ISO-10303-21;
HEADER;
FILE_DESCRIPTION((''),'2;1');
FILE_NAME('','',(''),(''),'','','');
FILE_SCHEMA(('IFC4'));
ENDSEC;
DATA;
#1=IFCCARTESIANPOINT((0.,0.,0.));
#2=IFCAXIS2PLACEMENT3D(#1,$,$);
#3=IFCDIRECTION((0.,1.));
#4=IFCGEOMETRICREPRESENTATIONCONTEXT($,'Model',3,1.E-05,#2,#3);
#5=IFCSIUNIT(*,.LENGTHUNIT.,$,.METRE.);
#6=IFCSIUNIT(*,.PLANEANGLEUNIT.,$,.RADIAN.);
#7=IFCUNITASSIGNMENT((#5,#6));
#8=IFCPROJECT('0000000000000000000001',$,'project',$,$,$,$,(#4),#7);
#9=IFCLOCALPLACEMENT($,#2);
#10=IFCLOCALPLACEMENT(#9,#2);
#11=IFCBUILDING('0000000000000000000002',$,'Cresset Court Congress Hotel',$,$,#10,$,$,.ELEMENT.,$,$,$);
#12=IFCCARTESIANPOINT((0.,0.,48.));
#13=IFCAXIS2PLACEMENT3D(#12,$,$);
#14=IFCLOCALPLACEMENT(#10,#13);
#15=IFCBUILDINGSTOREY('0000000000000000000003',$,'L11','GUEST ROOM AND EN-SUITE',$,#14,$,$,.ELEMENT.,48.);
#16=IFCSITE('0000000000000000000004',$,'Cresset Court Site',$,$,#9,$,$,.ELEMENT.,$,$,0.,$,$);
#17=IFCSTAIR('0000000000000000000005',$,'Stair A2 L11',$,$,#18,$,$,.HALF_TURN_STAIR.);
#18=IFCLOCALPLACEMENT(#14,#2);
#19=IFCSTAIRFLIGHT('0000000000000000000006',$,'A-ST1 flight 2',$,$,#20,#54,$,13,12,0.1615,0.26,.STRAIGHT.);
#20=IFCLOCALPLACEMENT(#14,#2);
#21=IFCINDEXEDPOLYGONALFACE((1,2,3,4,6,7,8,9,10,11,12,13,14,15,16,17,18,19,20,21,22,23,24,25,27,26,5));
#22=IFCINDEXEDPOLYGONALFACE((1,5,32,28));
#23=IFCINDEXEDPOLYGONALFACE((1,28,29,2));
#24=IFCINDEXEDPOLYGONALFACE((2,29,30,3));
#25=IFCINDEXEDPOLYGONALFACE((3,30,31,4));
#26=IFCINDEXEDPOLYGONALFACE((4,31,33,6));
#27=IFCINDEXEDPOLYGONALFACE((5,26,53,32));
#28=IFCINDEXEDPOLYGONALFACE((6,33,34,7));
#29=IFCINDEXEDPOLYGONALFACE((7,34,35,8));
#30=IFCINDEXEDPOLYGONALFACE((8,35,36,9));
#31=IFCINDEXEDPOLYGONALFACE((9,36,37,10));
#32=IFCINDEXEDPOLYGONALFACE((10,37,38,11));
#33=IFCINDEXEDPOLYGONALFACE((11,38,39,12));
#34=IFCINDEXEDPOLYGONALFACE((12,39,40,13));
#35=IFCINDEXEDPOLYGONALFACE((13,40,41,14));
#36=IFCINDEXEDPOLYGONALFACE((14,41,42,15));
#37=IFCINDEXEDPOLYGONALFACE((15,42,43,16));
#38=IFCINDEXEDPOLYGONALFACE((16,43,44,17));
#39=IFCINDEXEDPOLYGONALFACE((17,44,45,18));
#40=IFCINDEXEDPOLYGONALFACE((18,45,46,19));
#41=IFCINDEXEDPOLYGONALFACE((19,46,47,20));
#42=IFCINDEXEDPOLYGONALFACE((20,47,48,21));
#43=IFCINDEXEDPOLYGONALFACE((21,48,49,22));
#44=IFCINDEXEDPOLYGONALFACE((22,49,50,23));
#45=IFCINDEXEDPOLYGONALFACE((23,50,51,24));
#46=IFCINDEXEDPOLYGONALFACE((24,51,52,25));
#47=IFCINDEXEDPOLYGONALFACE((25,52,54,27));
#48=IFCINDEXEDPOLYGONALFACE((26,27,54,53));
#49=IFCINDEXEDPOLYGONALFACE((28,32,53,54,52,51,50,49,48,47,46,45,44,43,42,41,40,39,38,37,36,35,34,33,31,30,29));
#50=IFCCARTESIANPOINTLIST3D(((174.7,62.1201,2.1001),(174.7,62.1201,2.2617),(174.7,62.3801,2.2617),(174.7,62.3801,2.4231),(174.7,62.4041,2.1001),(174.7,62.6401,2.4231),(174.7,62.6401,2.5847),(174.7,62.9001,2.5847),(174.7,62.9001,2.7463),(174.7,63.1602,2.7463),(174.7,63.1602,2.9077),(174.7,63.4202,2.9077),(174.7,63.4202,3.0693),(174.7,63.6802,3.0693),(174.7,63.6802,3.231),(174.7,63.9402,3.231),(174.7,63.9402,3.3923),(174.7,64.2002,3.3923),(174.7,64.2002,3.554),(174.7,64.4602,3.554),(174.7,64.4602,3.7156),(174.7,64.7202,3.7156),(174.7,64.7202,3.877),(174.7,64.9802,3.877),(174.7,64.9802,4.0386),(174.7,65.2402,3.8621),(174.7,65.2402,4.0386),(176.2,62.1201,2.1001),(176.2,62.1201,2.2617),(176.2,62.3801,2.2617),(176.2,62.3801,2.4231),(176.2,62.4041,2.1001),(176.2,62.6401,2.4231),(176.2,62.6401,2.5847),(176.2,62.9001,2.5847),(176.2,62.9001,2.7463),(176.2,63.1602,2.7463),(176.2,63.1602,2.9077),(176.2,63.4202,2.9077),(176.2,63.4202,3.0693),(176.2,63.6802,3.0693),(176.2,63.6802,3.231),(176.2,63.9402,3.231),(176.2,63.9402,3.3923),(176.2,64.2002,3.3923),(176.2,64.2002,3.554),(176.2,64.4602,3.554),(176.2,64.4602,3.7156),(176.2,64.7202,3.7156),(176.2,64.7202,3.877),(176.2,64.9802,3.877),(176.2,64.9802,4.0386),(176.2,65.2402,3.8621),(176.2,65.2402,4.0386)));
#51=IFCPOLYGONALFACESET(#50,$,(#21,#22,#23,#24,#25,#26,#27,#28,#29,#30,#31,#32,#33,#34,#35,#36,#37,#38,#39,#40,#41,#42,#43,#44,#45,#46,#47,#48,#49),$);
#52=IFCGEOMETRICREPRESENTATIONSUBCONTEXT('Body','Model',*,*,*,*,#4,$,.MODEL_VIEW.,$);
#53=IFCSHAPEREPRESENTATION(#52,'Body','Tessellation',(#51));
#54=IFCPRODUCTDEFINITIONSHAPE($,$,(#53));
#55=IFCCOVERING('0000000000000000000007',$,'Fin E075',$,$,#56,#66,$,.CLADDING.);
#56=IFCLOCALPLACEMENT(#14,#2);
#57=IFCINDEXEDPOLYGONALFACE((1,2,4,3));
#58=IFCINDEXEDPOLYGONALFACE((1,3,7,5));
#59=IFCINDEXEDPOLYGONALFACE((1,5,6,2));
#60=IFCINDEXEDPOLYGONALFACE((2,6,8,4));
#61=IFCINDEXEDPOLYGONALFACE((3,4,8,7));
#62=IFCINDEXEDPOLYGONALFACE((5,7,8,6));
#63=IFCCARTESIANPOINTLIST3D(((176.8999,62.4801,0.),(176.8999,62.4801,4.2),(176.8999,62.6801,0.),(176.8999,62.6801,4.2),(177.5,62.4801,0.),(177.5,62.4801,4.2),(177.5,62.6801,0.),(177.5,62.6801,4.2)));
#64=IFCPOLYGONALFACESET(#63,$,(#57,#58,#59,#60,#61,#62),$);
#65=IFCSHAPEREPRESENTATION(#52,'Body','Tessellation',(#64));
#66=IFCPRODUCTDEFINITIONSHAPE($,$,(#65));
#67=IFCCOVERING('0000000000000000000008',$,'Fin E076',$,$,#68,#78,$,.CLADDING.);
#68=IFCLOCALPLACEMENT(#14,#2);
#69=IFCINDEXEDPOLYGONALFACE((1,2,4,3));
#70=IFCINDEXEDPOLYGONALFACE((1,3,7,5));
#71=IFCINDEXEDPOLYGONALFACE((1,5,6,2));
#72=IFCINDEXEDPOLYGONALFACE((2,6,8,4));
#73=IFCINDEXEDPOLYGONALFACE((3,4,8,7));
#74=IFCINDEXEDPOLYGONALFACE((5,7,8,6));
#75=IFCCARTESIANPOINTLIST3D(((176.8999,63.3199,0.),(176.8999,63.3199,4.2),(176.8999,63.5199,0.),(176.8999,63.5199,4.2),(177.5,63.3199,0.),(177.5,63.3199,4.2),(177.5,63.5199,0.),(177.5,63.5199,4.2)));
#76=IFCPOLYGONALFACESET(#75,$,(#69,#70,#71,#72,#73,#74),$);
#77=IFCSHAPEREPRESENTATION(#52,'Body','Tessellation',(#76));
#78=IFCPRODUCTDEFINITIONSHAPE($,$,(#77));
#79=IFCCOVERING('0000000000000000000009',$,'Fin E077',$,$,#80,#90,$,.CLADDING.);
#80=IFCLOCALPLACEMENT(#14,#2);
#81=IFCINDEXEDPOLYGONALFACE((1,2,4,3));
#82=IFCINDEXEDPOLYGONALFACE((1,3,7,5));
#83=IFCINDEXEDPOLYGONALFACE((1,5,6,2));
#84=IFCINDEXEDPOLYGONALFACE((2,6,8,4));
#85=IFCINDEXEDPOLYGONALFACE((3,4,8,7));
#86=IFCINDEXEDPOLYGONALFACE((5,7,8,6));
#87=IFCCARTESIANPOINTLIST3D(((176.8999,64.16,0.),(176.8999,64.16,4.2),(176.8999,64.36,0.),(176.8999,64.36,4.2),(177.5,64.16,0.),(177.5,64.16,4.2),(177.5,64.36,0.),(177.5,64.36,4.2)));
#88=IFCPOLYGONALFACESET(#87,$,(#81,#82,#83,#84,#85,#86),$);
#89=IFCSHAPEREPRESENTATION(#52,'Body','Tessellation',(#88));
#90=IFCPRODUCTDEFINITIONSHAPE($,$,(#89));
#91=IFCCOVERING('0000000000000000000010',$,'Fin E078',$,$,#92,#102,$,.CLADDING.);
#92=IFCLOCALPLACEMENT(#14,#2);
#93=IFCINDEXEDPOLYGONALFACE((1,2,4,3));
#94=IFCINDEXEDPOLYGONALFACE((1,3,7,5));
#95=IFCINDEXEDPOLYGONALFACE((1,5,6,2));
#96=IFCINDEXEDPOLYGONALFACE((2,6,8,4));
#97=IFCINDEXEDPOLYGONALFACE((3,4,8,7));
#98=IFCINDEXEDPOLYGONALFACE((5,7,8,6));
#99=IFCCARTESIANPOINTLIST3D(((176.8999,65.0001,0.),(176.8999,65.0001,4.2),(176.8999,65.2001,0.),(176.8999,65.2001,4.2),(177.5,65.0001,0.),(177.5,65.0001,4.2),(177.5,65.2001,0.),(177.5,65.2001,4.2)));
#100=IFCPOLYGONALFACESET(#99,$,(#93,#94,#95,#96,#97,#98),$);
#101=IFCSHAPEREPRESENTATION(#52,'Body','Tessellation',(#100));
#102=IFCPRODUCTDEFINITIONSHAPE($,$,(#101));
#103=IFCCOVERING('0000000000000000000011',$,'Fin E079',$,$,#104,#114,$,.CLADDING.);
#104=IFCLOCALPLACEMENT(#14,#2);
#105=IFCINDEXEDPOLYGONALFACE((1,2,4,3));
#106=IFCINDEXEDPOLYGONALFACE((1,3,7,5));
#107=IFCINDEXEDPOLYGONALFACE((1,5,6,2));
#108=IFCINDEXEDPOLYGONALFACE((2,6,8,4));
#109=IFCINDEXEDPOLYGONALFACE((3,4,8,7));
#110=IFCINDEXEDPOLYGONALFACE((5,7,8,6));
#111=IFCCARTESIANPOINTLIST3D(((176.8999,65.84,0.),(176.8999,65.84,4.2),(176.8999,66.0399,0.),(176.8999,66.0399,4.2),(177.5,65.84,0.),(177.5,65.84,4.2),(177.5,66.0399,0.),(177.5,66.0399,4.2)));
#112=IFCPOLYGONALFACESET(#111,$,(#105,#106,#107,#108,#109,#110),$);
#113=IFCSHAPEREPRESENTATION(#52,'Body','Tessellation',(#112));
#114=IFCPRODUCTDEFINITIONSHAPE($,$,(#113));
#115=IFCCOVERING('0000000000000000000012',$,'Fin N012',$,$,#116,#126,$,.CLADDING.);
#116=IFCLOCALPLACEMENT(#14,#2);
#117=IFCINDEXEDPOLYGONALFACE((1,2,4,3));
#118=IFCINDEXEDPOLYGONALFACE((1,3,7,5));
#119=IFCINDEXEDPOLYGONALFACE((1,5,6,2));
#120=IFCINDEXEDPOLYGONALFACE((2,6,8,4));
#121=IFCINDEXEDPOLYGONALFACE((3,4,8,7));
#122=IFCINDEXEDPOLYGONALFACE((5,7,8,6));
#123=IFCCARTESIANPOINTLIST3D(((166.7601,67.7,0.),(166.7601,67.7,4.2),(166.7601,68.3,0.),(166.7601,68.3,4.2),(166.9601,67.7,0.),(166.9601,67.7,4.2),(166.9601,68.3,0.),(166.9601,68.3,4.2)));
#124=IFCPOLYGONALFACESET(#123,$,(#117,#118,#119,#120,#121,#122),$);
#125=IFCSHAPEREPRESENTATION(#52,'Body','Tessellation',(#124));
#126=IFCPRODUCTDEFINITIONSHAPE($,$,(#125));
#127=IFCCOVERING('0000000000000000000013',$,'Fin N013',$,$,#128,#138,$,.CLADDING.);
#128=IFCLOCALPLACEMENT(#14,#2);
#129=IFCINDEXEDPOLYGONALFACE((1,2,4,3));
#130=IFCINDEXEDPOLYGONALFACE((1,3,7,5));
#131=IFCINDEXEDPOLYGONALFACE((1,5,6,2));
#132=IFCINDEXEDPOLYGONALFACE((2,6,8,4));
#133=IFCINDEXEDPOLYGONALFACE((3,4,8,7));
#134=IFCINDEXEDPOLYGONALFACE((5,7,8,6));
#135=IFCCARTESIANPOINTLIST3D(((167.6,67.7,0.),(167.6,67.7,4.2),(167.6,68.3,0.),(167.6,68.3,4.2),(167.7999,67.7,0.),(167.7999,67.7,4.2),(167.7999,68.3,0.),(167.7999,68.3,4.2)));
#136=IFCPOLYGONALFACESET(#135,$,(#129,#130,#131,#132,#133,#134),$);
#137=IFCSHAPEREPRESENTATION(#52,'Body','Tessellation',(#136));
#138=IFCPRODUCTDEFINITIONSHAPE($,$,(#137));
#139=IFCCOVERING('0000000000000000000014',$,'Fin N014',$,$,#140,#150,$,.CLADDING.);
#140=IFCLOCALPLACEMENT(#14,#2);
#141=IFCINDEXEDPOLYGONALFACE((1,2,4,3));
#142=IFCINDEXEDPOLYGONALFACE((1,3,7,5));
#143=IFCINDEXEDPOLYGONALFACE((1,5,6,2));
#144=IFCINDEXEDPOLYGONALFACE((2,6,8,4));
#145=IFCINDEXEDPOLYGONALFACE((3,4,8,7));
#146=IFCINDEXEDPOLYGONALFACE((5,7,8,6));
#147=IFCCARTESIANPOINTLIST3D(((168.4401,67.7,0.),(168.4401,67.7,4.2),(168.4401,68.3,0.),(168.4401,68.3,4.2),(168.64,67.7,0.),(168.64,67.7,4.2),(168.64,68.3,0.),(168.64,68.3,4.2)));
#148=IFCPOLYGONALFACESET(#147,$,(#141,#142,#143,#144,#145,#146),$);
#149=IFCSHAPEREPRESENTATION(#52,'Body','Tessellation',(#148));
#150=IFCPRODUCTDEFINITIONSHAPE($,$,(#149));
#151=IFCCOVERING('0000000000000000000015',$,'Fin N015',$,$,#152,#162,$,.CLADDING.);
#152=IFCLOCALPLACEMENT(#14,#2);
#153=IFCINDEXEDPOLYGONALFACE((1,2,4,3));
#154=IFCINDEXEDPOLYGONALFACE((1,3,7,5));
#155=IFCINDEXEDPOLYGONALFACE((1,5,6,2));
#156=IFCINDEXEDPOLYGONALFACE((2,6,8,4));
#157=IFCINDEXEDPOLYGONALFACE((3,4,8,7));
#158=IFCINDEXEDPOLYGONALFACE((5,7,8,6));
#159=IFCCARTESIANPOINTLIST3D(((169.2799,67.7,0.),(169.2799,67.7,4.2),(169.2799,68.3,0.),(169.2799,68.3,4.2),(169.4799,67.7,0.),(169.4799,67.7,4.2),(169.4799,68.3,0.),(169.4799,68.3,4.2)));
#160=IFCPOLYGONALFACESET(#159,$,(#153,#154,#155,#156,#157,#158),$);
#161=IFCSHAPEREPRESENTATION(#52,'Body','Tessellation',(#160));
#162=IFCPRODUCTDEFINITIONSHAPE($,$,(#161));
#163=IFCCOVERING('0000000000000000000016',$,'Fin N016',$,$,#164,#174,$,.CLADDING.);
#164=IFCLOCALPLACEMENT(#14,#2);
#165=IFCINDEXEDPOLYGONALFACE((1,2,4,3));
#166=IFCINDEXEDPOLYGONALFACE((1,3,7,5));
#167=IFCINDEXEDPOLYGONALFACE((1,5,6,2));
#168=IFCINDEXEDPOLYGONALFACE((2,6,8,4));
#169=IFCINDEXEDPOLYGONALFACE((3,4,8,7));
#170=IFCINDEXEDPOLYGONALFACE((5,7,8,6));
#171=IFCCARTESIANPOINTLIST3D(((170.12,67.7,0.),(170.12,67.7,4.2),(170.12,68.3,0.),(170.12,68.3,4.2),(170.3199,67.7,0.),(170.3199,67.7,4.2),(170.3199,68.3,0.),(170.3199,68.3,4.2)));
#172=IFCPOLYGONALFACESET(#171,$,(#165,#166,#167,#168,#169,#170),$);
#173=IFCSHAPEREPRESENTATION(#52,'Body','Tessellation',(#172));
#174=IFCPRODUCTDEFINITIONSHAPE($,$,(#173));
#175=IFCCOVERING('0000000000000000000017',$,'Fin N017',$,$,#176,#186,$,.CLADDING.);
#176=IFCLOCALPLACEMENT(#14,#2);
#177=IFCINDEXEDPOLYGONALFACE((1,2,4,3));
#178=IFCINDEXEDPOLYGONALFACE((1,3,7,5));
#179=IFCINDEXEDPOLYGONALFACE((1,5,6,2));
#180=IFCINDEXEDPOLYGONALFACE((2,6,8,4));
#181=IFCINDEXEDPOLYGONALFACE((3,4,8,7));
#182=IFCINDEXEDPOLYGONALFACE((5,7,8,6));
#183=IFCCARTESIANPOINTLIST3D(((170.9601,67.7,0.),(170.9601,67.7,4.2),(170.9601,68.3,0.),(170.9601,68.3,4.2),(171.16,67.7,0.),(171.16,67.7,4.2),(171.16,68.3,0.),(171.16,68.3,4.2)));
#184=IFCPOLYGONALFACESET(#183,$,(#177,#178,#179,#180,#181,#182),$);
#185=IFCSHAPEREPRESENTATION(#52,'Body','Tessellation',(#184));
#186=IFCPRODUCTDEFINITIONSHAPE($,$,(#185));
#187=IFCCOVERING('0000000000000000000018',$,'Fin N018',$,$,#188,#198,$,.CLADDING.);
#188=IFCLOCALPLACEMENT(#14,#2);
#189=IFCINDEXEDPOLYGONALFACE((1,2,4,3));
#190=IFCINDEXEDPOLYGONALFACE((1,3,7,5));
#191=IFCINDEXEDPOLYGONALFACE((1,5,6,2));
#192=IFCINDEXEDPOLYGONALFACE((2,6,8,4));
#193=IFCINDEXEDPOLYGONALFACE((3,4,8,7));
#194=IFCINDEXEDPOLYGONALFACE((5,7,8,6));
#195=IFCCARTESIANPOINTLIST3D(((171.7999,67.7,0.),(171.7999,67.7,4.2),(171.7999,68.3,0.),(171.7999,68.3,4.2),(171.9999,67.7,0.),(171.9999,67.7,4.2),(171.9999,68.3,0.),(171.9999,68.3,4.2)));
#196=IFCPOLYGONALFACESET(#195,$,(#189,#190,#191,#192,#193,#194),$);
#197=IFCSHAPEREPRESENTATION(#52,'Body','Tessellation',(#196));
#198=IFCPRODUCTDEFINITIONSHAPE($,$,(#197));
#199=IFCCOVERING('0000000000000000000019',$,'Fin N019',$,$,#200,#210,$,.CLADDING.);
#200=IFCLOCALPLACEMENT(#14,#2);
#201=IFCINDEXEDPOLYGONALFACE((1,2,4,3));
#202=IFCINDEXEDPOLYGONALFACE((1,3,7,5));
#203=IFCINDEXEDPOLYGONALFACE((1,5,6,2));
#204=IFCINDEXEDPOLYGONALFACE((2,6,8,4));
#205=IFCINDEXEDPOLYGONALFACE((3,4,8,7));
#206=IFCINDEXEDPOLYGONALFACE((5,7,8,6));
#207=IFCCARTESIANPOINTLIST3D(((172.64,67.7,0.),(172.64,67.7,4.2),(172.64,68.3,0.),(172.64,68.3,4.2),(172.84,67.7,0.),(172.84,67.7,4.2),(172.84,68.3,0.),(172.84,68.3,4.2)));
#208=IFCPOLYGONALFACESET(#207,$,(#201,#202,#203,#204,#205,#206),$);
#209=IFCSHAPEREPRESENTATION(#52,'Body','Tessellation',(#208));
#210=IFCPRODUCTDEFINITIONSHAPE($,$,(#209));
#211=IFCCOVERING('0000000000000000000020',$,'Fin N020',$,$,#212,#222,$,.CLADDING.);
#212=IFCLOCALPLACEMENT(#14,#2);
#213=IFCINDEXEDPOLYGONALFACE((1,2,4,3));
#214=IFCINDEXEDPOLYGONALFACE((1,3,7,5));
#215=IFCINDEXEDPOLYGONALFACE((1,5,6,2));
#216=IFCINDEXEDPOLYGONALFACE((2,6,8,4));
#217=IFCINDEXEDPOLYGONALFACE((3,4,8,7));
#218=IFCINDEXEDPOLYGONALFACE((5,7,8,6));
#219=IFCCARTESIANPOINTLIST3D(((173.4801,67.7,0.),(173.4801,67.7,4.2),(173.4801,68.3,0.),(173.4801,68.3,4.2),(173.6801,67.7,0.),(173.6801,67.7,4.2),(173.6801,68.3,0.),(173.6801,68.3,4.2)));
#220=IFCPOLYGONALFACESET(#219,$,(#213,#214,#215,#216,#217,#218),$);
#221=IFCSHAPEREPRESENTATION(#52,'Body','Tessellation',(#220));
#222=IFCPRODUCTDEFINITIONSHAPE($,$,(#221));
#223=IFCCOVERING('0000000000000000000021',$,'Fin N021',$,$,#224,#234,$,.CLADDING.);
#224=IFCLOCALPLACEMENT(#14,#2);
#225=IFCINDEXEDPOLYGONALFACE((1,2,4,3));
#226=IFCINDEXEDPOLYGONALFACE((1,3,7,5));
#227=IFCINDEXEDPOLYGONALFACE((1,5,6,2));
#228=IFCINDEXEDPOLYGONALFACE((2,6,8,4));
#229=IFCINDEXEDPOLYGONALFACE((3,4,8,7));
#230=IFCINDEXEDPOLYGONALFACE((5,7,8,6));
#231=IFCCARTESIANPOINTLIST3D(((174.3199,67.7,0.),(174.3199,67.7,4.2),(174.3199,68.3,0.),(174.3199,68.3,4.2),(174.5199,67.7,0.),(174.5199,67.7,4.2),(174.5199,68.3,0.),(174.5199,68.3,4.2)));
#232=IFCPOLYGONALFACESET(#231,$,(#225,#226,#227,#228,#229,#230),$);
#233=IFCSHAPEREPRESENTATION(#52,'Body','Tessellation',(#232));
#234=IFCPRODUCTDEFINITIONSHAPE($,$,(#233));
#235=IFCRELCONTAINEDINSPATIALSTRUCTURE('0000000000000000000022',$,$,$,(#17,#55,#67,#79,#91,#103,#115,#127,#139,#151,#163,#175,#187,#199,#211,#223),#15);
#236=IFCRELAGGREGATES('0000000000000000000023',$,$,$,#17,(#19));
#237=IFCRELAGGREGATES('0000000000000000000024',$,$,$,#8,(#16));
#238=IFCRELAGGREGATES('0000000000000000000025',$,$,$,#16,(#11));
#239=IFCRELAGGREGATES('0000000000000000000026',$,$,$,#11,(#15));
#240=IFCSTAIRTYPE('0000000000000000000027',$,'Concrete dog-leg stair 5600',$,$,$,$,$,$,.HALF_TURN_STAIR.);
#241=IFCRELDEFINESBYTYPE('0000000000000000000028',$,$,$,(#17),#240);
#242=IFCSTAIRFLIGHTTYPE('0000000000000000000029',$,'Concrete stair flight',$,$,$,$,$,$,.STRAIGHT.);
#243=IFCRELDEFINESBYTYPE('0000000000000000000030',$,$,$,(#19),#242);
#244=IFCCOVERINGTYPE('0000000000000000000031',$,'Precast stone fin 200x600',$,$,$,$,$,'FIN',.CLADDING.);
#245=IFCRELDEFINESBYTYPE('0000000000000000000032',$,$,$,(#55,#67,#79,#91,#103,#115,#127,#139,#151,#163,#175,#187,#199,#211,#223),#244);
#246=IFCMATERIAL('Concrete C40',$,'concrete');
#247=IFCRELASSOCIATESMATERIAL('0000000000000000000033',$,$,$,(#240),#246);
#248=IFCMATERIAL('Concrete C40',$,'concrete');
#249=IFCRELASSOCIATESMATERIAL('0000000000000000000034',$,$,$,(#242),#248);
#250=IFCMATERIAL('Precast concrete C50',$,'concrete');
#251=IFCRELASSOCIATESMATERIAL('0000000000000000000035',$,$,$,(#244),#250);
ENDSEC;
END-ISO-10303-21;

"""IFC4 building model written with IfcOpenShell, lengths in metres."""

from ifc_helpers import new_model, si_unit, direction, frame, origin, origin_2d, place, context, subcontext, project, spatial, polyline, rectangle, outline, extrude, material, type_object, element, aggregate, save


model = new_model("IFC4")

# Units and contexts
model_context = context("Model", 3, precision=1e-05, world=origin(), true_north=direction((0.0, 1.0)))
body_context = subcontext(model_context, "Body", "Model", "MODEL_VIEW")
ifc_project = project(units=[si_unit("LENGTHUNIT", "METRE"), si_unit("PLANEANGLEUNIT", "RADIAN")], contexts=[model_context])

# Site, building, storey
site_placement = place(None, origin())
site = spatial("IfcSite", under=ifc_project, at=site_placement, Name="Cresset Court Site", CompositionType="ELEMENT", RefElevation=0.0)
building_placement = place(site_placement, origin())
building = spatial("IfcBuilding", under=site, at=building_placement, Name="Cresset Court Congress Hotel", CompositionType="ELEMENT")
storey_placement = place(building_placement, frame((0.0, 0.0, 48.0)))
storey = spatial("IfcBuildingStorey", under=building, at=storey_placement, Name="L11", Description="GUEST ROOM AND EN-SUITE", CompositionType="ELEMENT", Elevation=48.0)

# Stair, stair flight
ifc_material_1 = material(Name="Concrete C40", Category="concrete")
stair_type = type_object("IfcStairType", Name="Concrete dog-leg stair 5600", PredefinedType="HALF_TURN_STAIR", material=ifc_material_1)
stair_placement = place(storey_placement, origin())
stair = element("IfcStair", 1, at=stair_placement, inside=storey, type_object=stair_type, Name="Stair A2 L11", PredefinedType="HALF_TURN_STAIR")
ifc_material_2 = material(Name="Concrete C40", Category="concrete")
stair_flight_type = type_object("IfcStairFlightType", Name="Concrete stair flight", PredefinedType="STRAIGHT", material=ifc_material_2)
stair_flight_1_placement = place(storey_placement, frame((175.45, 62.1201, 2.1001), z_axis=(0.0, 0.0, 1.0), x_axis=(0.0, 1.0, 0.0)))
stair_flight_1 = element("IfcStairFlight", 2, at=stair_flight_1_placement, type_object=stair_flight_type, Name="A-ST1 flight 2", NumberOfRisers=13, NumberOfTreads=12, PredefinedType="STRAIGHT", RiserHeight=0.1615, TreadLength=0.26, context=body_context, shape_type="SweptSolid", body=[
    extrude(outline(polyline([(0.0, 0.0), (0.0, 0.1616), (0.26, 0.1616), (0.26, 0.323), (0.52, 0.323), (0.52, 0.4846), (0.78, 0.4846), (0.78, 0.6462), (1.04, 0.6462), (1.04, 0.8076), (1.3, 0.8076), (1.3, 0.9692), (1.5601, 0.9692), (1.5601, 1.1309), (1.8201, 1.1309), (1.8201, 1.2922), (2.0801, 1.2922), (2.0801, 1.4539), (2.3401, 1.4539), (2.3401, 1.6155), (2.6001, 1.6155), (2.6001, 1.7769), (2.8601, 1.7769), (2.8601, 1.9385), (3.1201, 1.9385), (3.1201, 2.1001), (3.1201, 1.762), (0.2839, 0.0), (0.0, 0.0)])), frame((0.0, 0.75, 0.0), z_axis=(0.0, -1.0, 0.0), x_axis=(1.0, 0.0, 0.0)), (0.0, 0.0, 1.0), 1.5),
])
aggregate(stair, [stair_flight_1])

# Coverings
ifc_material_3 = material(Name="Precast concrete C50", Category="concrete")
covering_type_1 = type_object("IfcCoveringType", Name="Precast stone fin 200x600", ElementType="FIN", PredefinedType="CLADDING", material=ifc_material_3)
for number, where, z_axis, x_axis, name in (
    (3, (177.2, 62.5801, 0.0), (0.0, 0.0, 1.0), (1.0, 0.0, 0.0), "Fin E075"),
    (4, (177.2, 63.4199, 0.0), (0.0, 0.0, 1.0), (1.0, 0.0, 0.0), "Fin E076"),
    (5, (177.2, 64.26, 0.0), (0.0, 0.0, 1.0), (1.0, 0.0, 0.0), "Fin E077"),
    (6, (177.2, 65.1001, 0.0), (0.0, 0.0, 1.0), (1.0, 0.0, 0.0), "Fin E078"),
    (7, (177.2, 65.9399, 0.0), (0.0, 0.0, 1.0), (1.0, 0.0, 0.0), "Fin E079"),
):
    element("IfcCovering", number, at=place(storey_placement, frame(where, z_axis=z_axis, x_axis=x_axis)), inside=storey, type_object=covering_type_1, Name=name, PredefinedType="CLADDING", context=body_context, shape_type="SweptSolid", body=[
        extrude(rectangle(XDim=0.6001, YDim=0.2, at=origin_2d()), origin(), (0.0, 0.0, 1.0), 4.2),
    ])
for number, where, z_axis, x_axis, name in (
    (8, (166.8601, 68.0, 0.0), (0.0, 0.0, 1.0), (1.0, 0.0, 0.0), "Fin N012"),
    (9, (167.7, 68.0, 0.0), (0.0, 0.0, 1.0), (1.0, 0.0, 0.0), "Fin N013"),
    (10, (168.54, 68.0, 0.0), (0.0, 0.0, 1.0), (1.0, 0.0, 0.0), "Fin N014"),
    (11, (169.3799, 68.0, 0.0), (0.0, 0.0, 1.0), (1.0, 0.0, 0.0), "Fin N015"),
    (12, (170.22, 68.0, 0.0), (0.0, 0.0, 1.0), (1.0, 0.0, 0.0), "Fin N016"),
    (13, (171.0601, 68.0, 0.0), (0.0, 0.0, 1.0), (1.0, 0.0, 0.0), "Fin N017"),
    (14, (171.8999, 68.0, 0.0), (0.0, 0.0, 1.0), (1.0, 0.0, 0.0), "Fin N018"),
    (15, (172.74, 68.0, 0.0), (0.0, 0.0, 1.0), (1.0, 0.0, 0.0), "Fin N019"),
    (16, (173.5801, 68.0, 0.0), (0.0, 0.0, 1.0), (1.0, 0.0, 0.0), "Fin N020"),
    (17, (174.4199, 68.0, 0.0), (0.0, 0.0, 1.0), (1.0, 0.0, 0.0), "Fin N021"),
):
    element("IfcCovering", number, at=place(storey_placement, frame(where, z_axis=z_axis, x_axis=x_axis)), inside=storey, type_object=covering_type_1, Name=name, PredefinedType="CLADDING", context=body_context, shape_type="SweptSolid", body=[
        extrude(rectangle(XDim=0.2, YDim=0.6001, at=origin_2d()), origin(), (0.0, 0.0, 1.0), 4.2),
    ])

save(model, "model.ifc")
